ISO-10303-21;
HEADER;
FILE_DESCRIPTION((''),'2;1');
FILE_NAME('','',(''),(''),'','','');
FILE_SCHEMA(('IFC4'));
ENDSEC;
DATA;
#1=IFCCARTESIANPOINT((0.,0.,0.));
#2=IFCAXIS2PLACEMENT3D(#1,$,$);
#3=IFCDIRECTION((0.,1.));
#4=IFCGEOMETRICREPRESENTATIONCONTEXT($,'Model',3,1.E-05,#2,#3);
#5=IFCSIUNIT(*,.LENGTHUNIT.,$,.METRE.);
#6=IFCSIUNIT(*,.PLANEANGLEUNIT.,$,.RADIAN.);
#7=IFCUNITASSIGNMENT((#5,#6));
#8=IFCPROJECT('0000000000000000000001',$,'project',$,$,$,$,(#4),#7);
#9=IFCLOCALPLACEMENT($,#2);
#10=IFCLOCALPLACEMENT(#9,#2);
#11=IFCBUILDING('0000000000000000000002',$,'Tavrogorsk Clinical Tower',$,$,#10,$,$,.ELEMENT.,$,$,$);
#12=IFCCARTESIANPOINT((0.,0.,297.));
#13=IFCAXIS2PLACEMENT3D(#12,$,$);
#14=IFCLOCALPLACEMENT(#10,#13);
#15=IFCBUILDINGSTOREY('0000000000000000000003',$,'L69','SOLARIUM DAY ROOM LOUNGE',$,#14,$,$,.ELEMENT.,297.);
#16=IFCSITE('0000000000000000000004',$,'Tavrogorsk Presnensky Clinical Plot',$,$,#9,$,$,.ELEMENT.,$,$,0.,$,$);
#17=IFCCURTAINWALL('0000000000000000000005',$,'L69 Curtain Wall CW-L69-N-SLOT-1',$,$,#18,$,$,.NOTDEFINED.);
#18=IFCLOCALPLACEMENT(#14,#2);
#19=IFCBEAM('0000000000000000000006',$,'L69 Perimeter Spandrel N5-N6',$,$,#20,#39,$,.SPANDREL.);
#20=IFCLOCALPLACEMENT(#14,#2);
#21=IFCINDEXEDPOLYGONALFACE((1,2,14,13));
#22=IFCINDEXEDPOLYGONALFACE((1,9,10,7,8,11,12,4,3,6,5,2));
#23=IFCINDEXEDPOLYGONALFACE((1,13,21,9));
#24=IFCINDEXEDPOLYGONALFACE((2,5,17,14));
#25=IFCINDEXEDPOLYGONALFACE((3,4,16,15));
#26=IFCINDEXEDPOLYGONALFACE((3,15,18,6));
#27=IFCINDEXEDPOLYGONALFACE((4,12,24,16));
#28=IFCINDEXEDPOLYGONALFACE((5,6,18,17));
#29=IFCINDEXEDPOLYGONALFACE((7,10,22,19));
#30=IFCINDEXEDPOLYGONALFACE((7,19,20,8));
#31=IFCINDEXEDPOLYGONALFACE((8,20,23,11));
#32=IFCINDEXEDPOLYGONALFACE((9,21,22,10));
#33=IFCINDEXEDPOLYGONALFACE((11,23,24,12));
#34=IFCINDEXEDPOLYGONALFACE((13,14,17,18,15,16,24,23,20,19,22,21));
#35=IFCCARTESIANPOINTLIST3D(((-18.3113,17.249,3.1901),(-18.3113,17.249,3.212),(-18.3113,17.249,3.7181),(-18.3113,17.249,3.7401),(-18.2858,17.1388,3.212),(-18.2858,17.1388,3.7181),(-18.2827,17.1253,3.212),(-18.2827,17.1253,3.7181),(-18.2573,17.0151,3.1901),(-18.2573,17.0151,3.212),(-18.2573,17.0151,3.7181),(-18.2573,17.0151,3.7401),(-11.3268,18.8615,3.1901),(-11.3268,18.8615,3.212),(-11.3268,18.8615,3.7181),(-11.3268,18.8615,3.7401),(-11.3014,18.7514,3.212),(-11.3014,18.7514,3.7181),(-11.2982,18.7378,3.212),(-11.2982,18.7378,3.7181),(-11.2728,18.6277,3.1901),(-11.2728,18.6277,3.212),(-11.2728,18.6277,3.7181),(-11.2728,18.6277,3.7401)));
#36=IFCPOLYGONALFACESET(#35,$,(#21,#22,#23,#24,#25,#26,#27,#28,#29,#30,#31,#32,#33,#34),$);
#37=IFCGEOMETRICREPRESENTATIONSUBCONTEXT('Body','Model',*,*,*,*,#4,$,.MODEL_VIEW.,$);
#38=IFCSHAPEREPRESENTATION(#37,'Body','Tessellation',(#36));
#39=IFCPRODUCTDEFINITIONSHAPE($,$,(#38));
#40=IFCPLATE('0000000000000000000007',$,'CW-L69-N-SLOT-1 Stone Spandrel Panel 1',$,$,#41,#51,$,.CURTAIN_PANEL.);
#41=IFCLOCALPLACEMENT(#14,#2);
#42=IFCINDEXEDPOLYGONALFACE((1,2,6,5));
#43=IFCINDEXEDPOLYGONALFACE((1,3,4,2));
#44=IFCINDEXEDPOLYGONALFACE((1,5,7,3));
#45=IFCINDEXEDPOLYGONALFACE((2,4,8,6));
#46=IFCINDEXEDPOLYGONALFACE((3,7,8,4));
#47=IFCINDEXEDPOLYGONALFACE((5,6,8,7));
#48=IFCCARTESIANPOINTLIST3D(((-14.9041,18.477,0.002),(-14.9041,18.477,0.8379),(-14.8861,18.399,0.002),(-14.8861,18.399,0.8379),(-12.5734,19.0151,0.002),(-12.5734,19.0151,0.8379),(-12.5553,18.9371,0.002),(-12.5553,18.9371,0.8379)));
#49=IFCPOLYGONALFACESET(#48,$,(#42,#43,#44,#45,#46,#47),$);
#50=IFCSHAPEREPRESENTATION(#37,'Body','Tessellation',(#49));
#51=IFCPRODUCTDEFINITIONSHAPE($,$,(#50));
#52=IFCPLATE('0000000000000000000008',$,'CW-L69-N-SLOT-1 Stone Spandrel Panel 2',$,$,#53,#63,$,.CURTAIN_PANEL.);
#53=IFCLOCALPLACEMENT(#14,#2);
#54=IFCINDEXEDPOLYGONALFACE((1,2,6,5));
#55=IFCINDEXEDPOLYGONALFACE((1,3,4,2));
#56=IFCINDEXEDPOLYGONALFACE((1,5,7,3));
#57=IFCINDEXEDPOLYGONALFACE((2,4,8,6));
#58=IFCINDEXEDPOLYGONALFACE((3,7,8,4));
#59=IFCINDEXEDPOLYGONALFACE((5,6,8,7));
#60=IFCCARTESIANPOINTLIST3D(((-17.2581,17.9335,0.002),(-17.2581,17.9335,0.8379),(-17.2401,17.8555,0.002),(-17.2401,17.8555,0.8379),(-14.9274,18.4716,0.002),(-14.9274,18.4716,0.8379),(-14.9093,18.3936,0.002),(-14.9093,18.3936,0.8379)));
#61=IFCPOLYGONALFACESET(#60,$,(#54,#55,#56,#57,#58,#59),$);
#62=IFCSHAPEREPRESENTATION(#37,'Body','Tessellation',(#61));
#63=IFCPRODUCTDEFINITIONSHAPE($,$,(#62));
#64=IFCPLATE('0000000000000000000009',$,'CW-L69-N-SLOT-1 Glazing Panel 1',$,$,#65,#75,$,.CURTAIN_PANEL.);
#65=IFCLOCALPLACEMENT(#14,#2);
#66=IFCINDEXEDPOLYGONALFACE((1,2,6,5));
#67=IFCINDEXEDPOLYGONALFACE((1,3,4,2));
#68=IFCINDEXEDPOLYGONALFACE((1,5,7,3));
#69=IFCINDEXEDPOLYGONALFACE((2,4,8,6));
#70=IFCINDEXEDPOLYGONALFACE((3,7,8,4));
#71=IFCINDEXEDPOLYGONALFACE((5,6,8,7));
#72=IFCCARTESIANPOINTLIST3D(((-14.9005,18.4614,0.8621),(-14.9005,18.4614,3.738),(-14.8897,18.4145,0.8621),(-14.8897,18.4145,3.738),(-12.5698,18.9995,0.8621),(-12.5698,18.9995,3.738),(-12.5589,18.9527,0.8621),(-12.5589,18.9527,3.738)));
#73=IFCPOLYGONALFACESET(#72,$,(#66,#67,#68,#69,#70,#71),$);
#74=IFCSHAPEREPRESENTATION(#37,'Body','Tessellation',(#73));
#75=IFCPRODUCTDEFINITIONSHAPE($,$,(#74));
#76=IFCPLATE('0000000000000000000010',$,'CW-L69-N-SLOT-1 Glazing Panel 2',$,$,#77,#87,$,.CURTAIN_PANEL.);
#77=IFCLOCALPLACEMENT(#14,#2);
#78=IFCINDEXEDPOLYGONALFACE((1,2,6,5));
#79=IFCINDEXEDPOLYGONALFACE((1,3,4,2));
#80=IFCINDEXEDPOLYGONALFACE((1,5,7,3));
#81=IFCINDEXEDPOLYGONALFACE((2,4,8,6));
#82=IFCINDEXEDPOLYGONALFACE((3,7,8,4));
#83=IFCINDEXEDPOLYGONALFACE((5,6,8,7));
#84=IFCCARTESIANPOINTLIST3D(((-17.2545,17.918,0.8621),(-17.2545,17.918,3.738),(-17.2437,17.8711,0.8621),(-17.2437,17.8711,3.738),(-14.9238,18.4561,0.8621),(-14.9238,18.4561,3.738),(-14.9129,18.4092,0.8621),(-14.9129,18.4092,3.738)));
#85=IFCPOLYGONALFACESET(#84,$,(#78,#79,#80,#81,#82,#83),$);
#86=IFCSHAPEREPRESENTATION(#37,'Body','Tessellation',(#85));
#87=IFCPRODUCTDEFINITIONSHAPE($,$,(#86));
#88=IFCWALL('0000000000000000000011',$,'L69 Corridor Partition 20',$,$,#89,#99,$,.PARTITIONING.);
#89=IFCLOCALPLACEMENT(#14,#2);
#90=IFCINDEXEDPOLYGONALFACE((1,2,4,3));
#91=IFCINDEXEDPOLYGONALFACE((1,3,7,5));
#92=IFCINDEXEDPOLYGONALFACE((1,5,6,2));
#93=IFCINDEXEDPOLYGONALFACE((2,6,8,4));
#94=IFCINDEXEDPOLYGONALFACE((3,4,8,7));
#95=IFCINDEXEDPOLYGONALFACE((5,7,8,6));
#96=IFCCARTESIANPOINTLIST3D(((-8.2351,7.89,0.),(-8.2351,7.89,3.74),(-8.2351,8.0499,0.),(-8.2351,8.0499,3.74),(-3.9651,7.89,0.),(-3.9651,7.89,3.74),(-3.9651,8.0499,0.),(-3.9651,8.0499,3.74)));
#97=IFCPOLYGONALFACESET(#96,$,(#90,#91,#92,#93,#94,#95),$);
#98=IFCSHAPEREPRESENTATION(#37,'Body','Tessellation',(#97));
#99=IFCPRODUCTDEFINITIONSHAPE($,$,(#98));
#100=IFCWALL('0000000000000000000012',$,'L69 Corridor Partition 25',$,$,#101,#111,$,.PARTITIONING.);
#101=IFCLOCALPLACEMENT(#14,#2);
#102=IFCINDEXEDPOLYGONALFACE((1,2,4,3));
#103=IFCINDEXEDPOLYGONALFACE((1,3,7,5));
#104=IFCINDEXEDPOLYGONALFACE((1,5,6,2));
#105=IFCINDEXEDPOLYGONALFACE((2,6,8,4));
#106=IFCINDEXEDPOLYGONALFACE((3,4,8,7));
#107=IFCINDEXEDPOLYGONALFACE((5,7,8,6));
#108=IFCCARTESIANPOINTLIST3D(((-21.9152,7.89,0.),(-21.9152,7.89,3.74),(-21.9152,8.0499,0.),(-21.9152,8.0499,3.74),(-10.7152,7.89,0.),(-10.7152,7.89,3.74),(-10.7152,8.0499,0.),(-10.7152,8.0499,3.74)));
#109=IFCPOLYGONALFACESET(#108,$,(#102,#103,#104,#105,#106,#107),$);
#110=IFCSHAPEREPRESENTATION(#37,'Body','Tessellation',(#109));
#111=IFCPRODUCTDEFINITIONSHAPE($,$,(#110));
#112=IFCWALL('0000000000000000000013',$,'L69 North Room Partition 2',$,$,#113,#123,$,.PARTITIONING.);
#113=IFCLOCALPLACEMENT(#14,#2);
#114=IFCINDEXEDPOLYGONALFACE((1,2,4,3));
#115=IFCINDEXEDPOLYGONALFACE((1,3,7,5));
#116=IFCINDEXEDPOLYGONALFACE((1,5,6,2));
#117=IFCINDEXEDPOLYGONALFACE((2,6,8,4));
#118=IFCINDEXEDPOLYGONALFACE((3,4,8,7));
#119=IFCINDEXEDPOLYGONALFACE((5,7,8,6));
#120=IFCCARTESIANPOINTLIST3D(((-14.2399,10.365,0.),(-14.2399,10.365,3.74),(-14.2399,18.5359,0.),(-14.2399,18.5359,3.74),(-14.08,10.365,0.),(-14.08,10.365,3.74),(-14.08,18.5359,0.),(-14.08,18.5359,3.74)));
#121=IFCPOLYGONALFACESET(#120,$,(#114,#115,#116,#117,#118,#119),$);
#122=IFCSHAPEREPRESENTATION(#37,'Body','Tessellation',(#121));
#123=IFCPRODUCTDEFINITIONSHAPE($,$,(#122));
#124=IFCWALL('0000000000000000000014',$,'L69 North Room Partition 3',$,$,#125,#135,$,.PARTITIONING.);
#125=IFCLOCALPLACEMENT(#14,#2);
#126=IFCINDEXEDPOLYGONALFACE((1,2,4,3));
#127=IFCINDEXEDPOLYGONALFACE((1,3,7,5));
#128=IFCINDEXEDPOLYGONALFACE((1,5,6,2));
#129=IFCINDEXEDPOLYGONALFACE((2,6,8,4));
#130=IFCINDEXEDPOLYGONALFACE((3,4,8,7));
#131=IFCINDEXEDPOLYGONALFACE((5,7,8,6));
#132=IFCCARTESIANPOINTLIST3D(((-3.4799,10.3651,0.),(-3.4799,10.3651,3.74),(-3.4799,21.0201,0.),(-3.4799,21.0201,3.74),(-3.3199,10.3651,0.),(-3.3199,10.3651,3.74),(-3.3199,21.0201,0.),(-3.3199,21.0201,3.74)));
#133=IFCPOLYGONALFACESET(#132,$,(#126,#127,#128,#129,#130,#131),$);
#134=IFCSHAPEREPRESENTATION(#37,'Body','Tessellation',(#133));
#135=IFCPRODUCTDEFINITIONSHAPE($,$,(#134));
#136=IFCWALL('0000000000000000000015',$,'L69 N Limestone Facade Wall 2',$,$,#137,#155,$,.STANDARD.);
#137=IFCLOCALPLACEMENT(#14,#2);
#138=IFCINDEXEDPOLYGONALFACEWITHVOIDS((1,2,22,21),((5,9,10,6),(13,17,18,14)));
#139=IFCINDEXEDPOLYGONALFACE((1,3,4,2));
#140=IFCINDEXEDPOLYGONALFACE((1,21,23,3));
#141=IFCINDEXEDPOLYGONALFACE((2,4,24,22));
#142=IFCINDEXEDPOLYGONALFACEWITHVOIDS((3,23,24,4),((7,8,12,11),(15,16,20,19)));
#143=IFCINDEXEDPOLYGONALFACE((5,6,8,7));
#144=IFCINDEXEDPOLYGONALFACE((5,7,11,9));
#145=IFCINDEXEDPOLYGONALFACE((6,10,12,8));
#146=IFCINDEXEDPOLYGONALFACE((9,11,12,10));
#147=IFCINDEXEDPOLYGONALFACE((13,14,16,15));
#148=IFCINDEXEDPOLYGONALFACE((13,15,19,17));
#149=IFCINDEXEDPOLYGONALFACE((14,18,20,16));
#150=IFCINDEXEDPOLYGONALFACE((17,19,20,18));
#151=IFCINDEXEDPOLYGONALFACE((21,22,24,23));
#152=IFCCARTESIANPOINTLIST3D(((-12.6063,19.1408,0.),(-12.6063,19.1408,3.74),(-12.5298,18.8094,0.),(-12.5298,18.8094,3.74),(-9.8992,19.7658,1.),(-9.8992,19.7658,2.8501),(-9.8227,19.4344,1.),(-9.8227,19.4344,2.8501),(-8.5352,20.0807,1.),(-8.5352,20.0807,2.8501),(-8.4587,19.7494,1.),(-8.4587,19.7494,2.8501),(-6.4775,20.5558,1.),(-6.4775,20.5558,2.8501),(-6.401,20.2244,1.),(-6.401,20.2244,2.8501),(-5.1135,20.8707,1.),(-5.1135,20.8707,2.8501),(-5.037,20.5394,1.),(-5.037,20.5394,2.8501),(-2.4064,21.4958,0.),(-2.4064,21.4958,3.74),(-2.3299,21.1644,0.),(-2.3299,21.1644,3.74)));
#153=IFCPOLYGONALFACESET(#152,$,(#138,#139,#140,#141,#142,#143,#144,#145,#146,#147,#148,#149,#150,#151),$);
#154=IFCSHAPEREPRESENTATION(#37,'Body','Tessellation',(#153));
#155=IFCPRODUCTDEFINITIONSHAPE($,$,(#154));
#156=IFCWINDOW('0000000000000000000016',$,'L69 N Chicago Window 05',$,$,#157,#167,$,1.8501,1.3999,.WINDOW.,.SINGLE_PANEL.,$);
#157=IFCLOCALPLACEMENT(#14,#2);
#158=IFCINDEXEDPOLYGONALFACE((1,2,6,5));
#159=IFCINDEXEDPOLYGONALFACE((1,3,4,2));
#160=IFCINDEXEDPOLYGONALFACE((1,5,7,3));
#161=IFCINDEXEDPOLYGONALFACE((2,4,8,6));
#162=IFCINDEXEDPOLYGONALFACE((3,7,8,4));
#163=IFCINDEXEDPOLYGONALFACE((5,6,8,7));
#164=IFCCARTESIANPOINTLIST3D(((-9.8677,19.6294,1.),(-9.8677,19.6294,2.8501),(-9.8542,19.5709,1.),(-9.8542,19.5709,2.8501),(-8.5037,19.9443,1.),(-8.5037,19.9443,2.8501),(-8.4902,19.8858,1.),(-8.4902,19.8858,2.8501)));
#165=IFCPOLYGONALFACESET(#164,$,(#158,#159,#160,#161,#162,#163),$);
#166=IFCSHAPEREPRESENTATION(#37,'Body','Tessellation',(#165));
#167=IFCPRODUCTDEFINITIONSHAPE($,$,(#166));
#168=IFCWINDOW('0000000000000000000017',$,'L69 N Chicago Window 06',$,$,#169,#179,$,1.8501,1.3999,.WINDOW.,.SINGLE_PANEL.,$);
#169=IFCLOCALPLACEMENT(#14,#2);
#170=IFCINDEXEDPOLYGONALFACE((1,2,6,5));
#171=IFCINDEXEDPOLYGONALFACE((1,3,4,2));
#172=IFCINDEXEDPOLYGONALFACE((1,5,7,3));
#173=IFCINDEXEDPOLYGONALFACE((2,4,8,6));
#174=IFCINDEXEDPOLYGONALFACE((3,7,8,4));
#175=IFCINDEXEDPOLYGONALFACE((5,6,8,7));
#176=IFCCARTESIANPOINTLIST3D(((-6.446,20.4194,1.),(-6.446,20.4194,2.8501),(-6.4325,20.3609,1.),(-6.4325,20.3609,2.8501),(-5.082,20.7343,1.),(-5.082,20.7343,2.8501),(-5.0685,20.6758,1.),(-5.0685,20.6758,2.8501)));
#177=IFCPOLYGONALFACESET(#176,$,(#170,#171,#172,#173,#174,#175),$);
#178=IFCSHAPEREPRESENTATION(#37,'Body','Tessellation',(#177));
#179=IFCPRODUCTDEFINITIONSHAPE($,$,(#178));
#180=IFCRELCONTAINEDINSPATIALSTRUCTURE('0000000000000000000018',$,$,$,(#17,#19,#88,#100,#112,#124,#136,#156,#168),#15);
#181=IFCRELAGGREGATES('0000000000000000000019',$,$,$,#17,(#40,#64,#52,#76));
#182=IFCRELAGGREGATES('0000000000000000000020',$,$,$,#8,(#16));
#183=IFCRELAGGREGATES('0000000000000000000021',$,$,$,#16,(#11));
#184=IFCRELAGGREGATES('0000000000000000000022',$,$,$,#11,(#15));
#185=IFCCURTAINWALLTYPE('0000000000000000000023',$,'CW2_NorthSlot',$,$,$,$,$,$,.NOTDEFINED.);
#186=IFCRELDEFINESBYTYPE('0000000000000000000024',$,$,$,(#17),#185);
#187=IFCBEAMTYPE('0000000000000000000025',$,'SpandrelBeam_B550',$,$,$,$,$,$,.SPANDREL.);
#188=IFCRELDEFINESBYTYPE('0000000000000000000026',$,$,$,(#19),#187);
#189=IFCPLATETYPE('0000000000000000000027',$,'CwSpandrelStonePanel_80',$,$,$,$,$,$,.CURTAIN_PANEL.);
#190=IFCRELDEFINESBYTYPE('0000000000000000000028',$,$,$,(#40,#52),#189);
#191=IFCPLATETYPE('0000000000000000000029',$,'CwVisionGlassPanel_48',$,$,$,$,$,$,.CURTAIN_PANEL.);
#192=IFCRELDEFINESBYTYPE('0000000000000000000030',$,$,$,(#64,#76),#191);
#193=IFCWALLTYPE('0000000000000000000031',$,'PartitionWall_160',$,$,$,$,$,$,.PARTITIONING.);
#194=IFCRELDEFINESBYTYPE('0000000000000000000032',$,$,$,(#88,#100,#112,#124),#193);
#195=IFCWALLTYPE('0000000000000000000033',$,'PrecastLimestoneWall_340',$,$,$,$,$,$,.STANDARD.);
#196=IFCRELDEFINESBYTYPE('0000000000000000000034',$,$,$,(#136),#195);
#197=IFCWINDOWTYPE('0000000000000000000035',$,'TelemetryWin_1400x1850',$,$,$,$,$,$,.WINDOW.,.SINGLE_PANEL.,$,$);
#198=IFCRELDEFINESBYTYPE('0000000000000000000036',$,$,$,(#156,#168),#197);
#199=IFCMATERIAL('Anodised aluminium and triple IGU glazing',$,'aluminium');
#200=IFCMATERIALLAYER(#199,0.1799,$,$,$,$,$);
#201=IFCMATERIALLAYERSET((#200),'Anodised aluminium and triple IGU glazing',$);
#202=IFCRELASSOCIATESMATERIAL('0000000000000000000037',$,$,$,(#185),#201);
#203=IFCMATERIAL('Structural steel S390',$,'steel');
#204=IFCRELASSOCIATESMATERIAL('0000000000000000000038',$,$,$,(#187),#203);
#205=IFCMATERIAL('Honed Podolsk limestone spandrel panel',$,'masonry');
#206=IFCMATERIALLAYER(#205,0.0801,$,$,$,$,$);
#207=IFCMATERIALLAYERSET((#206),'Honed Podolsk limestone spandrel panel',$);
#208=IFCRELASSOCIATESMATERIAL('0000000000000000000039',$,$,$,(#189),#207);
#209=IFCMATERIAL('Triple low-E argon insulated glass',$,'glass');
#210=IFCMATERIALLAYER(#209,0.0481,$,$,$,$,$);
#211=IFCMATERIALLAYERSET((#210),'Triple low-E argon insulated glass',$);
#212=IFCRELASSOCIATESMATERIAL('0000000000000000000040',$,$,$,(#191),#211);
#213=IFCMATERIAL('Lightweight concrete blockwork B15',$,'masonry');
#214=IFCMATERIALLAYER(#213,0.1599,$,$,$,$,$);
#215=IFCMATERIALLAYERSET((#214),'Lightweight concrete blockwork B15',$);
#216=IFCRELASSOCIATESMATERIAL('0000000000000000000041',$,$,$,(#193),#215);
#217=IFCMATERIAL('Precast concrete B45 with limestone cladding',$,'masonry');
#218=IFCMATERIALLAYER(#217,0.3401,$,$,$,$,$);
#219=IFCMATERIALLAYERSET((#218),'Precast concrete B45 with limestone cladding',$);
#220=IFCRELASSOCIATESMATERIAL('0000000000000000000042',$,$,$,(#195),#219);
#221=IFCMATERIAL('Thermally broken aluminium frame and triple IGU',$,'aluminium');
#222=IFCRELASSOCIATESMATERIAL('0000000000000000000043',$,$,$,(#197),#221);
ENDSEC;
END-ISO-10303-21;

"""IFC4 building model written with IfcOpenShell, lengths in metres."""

from ifc_helpers import new_model, si_unit, direction, frame, frame_2d, origin, origin_2d, place, context, subcontext, project, spatial, rectangle, i_section, extrude, material, layer, layer_set, material_profile, profile_set, type_object, element, fill, aggregate, save


model = new_model("IFC4")

# Units and contexts
model_context = context("Model", 3, precision=1e-05, world=origin(), true_north=direction((0.0, 1.0)))
body_context = subcontext(model_context, "Body", "Model", "MODEL_VIEW")
ifc_project = project(units=[si_unit("LENGTHUNIT", "METRE"), si_unit("PLANEANGLEUNIT", "RADIAN")], contexts=[model_context])

# Site, building, storey
site_placement = place(None, origin())
site = spatial("IfcSite", under=ifc_project, at=site_placement, Name="Tavrogorsk Presnensky Clinical Plot", CompositionType="ELEMENT", RefElevation=0.0)
building_placement = place(site_placement, origin())
building = spatial("IfcBuilding", under=site, at=building_placement, Name="Tavrogorsk Clinical Tower", CompositionType="ELEMENT")
storey_placement = place(building_placement, frame((0.0, 0.0, 297.0)))
storey = spatial("IfcBuildingStorey", under=building, at=storey_placement, Name="L69", Description="SOLARIUM DAY ROOM LOUNGE", CompositionType="ELEMENT", Elevation=297.0)

# Curtain wall
ifc_material_1 = material(Name="Anodised aluminium and triple IGU glazing", Category="aluminium")
ifc_layer_1 = layer(ifc_material_1, 0.1799)
ifc_layer_set_1 = layer_set([ifc_layer_1], Name="Anodised aluminium and triple IGU glazing")
curtain_wall_type = type_object("IfcCurtainWallType", Name="CW2_NorthSlot", PredefinedType="NOTDEFINED", material=ifc_layer_set_1)
curtain_wall_1_placement = place(storey_placement, origin())
curtain_wall_1 = element("IfcCurtainWall", 1, at=curtain_wall_1_placement, inside=storey, type_object=curtain_wall_type, Name="L69 Curtain Wall CW-L69-N-SLOT-1", PredefinedType="NOTDEFINED")

# Beam
ifc_material_2 = material(Name="Structural steel S390", Category="steel")
ifc_material_profile_1 = material_profile(ifc_material_2, i_section(OverallWidth=0.24, OverallDepth=0.55, WebThickness=0.0139, FlangeThickness=0.022, at=origin_2d()), Name="B-550x240x14x22")
ifc_profile_set_1 = profile_set([ifc_material_profile_1], Name="Structural steel S390")
beam_type = type_object("IfcBeamType", Name="SpandrelBeam_B550", PredefinedType="SPANDREL", material=ifc_profile_set_1)
for number, where, z_axis, x_axis, name in (
    (2, (-11.2998, 18.7446, 3.4651), (-0.974368, -0.224961, 0.0), (0.224961, -0.974368, 0.0), "L69 Perimeter Spandrel N5-N6"),
):
    element("IfcBeam", number, at=place(storey_placement, frame(where, z_axis=z_axis, x_axis=x_axis)), inside=storey, type_object=beam_type, Name=name, PredefinedType="SPANDREL", context=body_context, shape_type="SweptSolid", body=[
        extrude(i_section(OverallWidth=0.24, OverallDepth=0.55, WebThickness=0.0139, FlangeThickness=0.022, at=origin_2d()), origin(), (0.0, 0.0, 1.0), 7.1682),
    ])

# Plates
ifc_material_3 = material(Name="Honed Podolsk limestone spandrel panel", Category="masonry")
ifc_layer_2 = layer(ifc_material_3, 0.0801)
ifc_layer_set_2 = layer_set([ifc_layer_2], Name="Honed Podolsk limestone spandrel panel")
plate_type_1 = type_object("IfcPlateType", Name="CwSpandrelStonePanel_80", PredefinedType="CURTAIN_PANEL", material=ifc_layer_set_2)
plate_1_placement = place(storey_placement, frame((-13.7297, 18.707, 0.002), z_axis=(0.0, 0.0, 1.0), x_axis=(-0.97437, -0.224951, 0.0)))
plate_1 = element("IfcPlate", 3, at=plate_1_placement, type_object=plate_type_1, Name="CW-L69-N-SLOT-1 Stone Spandrel Panel 1", PredefinedType="CURTAIN_PANEL", context=body_context, shape_type="SweptSolid", body=[
    extrude(rectangle(XDim=2.3921, YDim=0.0801, at=origin_2d()), origin(), (0.0, 0.0, 1.0), 0.8359),
])
plate_2_placement = place(storey_placement, frame((-16.0837, 18.1636, 0.002), z_axis=(0.0, 0.0, 1.0), x_axis=(-0.97437, -0.224951, 0.0)))
plate_2 = element("IfcPlate", 4, at=plate_2_placement, type_object=plate_type_1, Name="CW-L69-N-SLOT-1 Stone Spandrel Panel 2", PredefinedType="CURTAIN_PANEL", context=body_context, shape_type="SweptSolid", body=[
    extrude(rectangle(XDim=2.3921, YDim=0.0801, at=origin_2d()), origin(), (0.0, 0.0, 1.0), 0.8359),
])
ifc_material_4 = material(Name="Triple low-E argon insulated glass", Category="glass")
ifc_layer_3 = layer(ifc_material_4, 0.0481)
ifc_layer_set_3 = layer_set([ifc_layer_3], Name="Triple low-E argon insulated glass")
plate_type_2 = type_object("IfcPlateType", Name="CwVisionGlassPanel_48", PredefinedType="CURTAIN_PANEL", material=ifc_layer_set_3)
plate_3_placement = place(storey_placement, frame((-13.7297, 18.707, 0.8621), z_axis=(0.0, 0.0, 1.0), x_axis=(-0.97437, -0.224951, 0.0)))
plate_3 = element("IfcPlate", 5, at=plate_3_placement, type_object=plate_type_2, Name="CW-L69-N-SLOT-1 Glazing Panel 1", PredefinedType="CURTAIN_PANEL", context=body_context, shape_type="SweptSolid", body=[
    extrude(rectangle(XDim=2.3921, YDim=0.0481, at=origin_2d()), origin(), (0.0, 0.0, 1.0), 2.876),
])
plate_4_placement = place(storey_placement, frame((-16.0837, 18.1636, 0.8621), z_axis=(0.0, 0.0, 1.0), x_axis=(-0.97437, -0.224951, 0.0)))
plate_4 = element("IfcPlate", 6, at=plate_4_placement, type_object=plate_type_2, Name="CW-L69-N-SLOT-1 Glazing Panel 2", PredefinedType="CURTAIN_PANEL", context=body_context, shape_type="SweptSolid", body=[
    extrude(rectangle(XDim=2.3921, YDim=0.0481, at=origin_2d()), origin(), (0.0, 0.0, 1.0), 2.876),
])
aggregate(curtain_wall_1, [plate_1, plate_3, plate_2, plate_4])

# Walls
ifc_material_5 = material(Name="Lightweight concrete blockwork B15", Category="masonry")
ifc_layer_4 = layer(ifc_material_5, 0.1599)
ifc_layer_set_4 = layer_set([ifc_layer_4], Name="Lightweight concrete blockwork B15")
wall_type_1 = type_object("IfcWallType", Name="PartitionWall_160", PredefinedType="PARTITIONING", material=ifc_layer_set_4)
wall_1_placement = place(storey_placement, frame((-3.9651, 7.97, 0.0), z_axis=(0.0, 0.0, 1.0), x_axis=(-1.0, 0.0, 0.0)))
element("IfcWall", 7, at=wall_1_placement, inside=storey, type_object=wall_type_1, Name="L69 Corridor Partition 20", PredefinedType="PARTITIONING", context=body_context, shape_type="SweptSolid", body=[
    extrude(rectangle(XDim=4.27, YDim=0.1599, at=frame_2d((2.135, 0.0))), origin(), (0.0, 0.0, 1.0), 3.74),
])
wall_2_placement = place(storey_placement, frame((-10.7151, 7.97, 0.0), z_axis=(0.0, 0.0, 1.0), x_axis=(-1.0, 0.0, 0.0)))
element("IfcWall", 8, at=wall_2_placement, inside=storey, type_object=wall_type_1, Name="L69 Corridor Partition 25", PredefinedType="PARTITIONING", context=body_context, shape_type="SweptSolid", body=[
    extrude(rectangle(XDim=11.2, YDim=0.1599, at=frame_2d((5.6001, 0.0))), origin(), (0.0, 0.0, 1.0), 3.74),
])
wall_3_placement = place(storey_placement, frame((-14.1599, 10.365, 0.0), z_axis=(0.0, 0.0, 1.0), x_axis=(0.0, 1.0, 0.0)))
element("IfcWall", 9, at=wall_3_placement, inside=storey, type_object=wall_type_1, Name="L69 North Room Partition 2", PredefinedType="PARTITIONING", context=body_context, shape_type="SweptSolid", body=[
    extrude(rectangle(XDim=8.1709, YDim=0.1599, at=frame_2d((4.0854, 0.0))), origin(), (0.0, 0.0, 1.0), 3.74),
])
wall_4_placement = place(storey_placement, frame((-3.3999, 10.365, 0.0), z_axis=(0.0, 0.0, 1.0), x_axis=(0.0, 1.0, 0.0)))
element("IfcWall", 10, at=wall_4_placement, inside=storey, type_object=wall_type_1, Name="L69 North Room Partition 3", PredefinedType="PARTITIONING", context=body_context, shape_type="SweptSolid", body=[
    extrude(rectangle(XDim=10.655, YDim=0.1599, at=frame_2d((5.3276, 0.0))), origin(), (0.0, 0.0, 1.0), 3.74),
])

# Wall, openings, windows
ifc_material_6 = material(Name="Precast concrete B45 with limestone cladding", Category="masonry")
ifc_layer_5 = layer(ifc_material_6, 0.3401)
ifc_layer_set_5 = layer_set([ifc_layer_5], Name="Precast concrete B45 with limestone cladding")
wall_type_2 = type_object("IfcWallType", Name="PrecastLimestoneWall_340", PredefinedType="STANDARD", material=ifc_layer_set_5)
wall_5_placement = place(storey_placement, frame((-2.3682, 21.3301, 0.0), z_axis=(0.0, 0.0, 1.0), x_axis=(-0.974367, -0.224963, 0.0)))
wall_5 = element("IfcWall", 11, at=wall_5_placement, inside=storey, type_object=wall_type_2, Name="L69 N Limestone Facade Wall 2", PredefinedType="STANDARD", context=body_context, shape_type="SweptSolid", body=[
    extrude(rectangle(XDim=10.4683, YDim=0.3401, at=frame_2d((5.2341, 0.0))), origin(), (0.0, 0.0, 1.0), 3.74),
])
opening_1_placement = place(wall_5_placement, frame((6.29, 0.0, 1.0)))
opening_1 = element("IfcOpeningElement", 12, at=opening_1_placement, cuts=wall_5, PredefinedType="OPENING", context=body_context, shape_type="SweptSolid", body=[
    extrude(rectangle(XDim=1.3999, YDim=1.8501, at=frame_2d((0.7, 0.925))), frame((0.0, 0.1799, 0.0), z_axis=(0.0, -1.0, 0.0), x_axis=(1.0, 0.0, 0.0)), (0.0, 0.0, 1.0), 0.3601),
])
opening_2_placement = place(wall_5_placement, frame((2.7783, 0.0, 1.0)))
opening_2 = element("IfcOpeningElement", 13, at=opening_2_placement, cuts=wall_5, PredefinedType="OPENING", context=body_context, shape_type="SweptSolid", body=[
    extrude(rectangle(XDim=1.3999, YDim=1.8501, at=frame_2d((0.7, 0.925))), frame((0.0, 0.1799, 0.0), z_axis=(0.0, -1.0, 0.0), x_axis=(1.0, 0.0, 0.0)), (0.0, 0.0, 1.0), 0.3601),
])
ifc_material_7 = material(Name="Thermally broken aluminium frame and triple IGU", Category="aluminium")
window_type = type_object("IfcWindowType", Name="TelemetryWin_1400x1850", PartitioningType="SINGLE_PANEL", PredefinedType="WINDOW", material=ifc_material_7)
window_1_placement = place(opening_1_placement, origin())
window_1 = element("IfcWindow", 14, at=window_1_placement, inside=storey, type_object=window_type, Name="L69 N Chicago Window 05", OverallHeight=1.8501, OverallWidth=1.3999, PartitioningType="SINGLE_PANEL", PredefinedType="WINDOW", context=body_context, shape_type="SweptSolid", body=[
    extrude(rectangle(XDim=1.3999, YDim=1.8501, at=frame_2d((0.7, 0.925))), frame((0.0, 0.03, 0.0), z_axis=(0.0, -1.0, 0.0), x_axis=(1.0, 0.0, 0.0)), (0.0, 0.0, 1.0), 0.0601),
])
fill(opening_1, window_1)
window_2_placement = place(opening_2_placement, origin())
window_2 = element("IfcWindow", 15, at=window_2_placement, inside=storey, type_object=window_type, Name="L69 N Chicago Window 06", OverallHeight=1.8501, OverallWidth=1.3999, PartitioningType="SINGLE_PANEL", PredefinedType="WINDOW", context=body_context, shape_type="SweptSolid", body=[
    extrude(rectangle(XDim=1.3999, YDim=1.8501, at=frame_2d((0.7, 0.925))), frame((0.0, 0.03, 0.0), z_axis=(0.0, -1.0, 0.0), x_axis=(1.0, 0.0, 0.0)), (0.0, 0.0, 1.0), 0.0601),
])
fill(opening_2, window_2)

save(model, "model.ifc")
